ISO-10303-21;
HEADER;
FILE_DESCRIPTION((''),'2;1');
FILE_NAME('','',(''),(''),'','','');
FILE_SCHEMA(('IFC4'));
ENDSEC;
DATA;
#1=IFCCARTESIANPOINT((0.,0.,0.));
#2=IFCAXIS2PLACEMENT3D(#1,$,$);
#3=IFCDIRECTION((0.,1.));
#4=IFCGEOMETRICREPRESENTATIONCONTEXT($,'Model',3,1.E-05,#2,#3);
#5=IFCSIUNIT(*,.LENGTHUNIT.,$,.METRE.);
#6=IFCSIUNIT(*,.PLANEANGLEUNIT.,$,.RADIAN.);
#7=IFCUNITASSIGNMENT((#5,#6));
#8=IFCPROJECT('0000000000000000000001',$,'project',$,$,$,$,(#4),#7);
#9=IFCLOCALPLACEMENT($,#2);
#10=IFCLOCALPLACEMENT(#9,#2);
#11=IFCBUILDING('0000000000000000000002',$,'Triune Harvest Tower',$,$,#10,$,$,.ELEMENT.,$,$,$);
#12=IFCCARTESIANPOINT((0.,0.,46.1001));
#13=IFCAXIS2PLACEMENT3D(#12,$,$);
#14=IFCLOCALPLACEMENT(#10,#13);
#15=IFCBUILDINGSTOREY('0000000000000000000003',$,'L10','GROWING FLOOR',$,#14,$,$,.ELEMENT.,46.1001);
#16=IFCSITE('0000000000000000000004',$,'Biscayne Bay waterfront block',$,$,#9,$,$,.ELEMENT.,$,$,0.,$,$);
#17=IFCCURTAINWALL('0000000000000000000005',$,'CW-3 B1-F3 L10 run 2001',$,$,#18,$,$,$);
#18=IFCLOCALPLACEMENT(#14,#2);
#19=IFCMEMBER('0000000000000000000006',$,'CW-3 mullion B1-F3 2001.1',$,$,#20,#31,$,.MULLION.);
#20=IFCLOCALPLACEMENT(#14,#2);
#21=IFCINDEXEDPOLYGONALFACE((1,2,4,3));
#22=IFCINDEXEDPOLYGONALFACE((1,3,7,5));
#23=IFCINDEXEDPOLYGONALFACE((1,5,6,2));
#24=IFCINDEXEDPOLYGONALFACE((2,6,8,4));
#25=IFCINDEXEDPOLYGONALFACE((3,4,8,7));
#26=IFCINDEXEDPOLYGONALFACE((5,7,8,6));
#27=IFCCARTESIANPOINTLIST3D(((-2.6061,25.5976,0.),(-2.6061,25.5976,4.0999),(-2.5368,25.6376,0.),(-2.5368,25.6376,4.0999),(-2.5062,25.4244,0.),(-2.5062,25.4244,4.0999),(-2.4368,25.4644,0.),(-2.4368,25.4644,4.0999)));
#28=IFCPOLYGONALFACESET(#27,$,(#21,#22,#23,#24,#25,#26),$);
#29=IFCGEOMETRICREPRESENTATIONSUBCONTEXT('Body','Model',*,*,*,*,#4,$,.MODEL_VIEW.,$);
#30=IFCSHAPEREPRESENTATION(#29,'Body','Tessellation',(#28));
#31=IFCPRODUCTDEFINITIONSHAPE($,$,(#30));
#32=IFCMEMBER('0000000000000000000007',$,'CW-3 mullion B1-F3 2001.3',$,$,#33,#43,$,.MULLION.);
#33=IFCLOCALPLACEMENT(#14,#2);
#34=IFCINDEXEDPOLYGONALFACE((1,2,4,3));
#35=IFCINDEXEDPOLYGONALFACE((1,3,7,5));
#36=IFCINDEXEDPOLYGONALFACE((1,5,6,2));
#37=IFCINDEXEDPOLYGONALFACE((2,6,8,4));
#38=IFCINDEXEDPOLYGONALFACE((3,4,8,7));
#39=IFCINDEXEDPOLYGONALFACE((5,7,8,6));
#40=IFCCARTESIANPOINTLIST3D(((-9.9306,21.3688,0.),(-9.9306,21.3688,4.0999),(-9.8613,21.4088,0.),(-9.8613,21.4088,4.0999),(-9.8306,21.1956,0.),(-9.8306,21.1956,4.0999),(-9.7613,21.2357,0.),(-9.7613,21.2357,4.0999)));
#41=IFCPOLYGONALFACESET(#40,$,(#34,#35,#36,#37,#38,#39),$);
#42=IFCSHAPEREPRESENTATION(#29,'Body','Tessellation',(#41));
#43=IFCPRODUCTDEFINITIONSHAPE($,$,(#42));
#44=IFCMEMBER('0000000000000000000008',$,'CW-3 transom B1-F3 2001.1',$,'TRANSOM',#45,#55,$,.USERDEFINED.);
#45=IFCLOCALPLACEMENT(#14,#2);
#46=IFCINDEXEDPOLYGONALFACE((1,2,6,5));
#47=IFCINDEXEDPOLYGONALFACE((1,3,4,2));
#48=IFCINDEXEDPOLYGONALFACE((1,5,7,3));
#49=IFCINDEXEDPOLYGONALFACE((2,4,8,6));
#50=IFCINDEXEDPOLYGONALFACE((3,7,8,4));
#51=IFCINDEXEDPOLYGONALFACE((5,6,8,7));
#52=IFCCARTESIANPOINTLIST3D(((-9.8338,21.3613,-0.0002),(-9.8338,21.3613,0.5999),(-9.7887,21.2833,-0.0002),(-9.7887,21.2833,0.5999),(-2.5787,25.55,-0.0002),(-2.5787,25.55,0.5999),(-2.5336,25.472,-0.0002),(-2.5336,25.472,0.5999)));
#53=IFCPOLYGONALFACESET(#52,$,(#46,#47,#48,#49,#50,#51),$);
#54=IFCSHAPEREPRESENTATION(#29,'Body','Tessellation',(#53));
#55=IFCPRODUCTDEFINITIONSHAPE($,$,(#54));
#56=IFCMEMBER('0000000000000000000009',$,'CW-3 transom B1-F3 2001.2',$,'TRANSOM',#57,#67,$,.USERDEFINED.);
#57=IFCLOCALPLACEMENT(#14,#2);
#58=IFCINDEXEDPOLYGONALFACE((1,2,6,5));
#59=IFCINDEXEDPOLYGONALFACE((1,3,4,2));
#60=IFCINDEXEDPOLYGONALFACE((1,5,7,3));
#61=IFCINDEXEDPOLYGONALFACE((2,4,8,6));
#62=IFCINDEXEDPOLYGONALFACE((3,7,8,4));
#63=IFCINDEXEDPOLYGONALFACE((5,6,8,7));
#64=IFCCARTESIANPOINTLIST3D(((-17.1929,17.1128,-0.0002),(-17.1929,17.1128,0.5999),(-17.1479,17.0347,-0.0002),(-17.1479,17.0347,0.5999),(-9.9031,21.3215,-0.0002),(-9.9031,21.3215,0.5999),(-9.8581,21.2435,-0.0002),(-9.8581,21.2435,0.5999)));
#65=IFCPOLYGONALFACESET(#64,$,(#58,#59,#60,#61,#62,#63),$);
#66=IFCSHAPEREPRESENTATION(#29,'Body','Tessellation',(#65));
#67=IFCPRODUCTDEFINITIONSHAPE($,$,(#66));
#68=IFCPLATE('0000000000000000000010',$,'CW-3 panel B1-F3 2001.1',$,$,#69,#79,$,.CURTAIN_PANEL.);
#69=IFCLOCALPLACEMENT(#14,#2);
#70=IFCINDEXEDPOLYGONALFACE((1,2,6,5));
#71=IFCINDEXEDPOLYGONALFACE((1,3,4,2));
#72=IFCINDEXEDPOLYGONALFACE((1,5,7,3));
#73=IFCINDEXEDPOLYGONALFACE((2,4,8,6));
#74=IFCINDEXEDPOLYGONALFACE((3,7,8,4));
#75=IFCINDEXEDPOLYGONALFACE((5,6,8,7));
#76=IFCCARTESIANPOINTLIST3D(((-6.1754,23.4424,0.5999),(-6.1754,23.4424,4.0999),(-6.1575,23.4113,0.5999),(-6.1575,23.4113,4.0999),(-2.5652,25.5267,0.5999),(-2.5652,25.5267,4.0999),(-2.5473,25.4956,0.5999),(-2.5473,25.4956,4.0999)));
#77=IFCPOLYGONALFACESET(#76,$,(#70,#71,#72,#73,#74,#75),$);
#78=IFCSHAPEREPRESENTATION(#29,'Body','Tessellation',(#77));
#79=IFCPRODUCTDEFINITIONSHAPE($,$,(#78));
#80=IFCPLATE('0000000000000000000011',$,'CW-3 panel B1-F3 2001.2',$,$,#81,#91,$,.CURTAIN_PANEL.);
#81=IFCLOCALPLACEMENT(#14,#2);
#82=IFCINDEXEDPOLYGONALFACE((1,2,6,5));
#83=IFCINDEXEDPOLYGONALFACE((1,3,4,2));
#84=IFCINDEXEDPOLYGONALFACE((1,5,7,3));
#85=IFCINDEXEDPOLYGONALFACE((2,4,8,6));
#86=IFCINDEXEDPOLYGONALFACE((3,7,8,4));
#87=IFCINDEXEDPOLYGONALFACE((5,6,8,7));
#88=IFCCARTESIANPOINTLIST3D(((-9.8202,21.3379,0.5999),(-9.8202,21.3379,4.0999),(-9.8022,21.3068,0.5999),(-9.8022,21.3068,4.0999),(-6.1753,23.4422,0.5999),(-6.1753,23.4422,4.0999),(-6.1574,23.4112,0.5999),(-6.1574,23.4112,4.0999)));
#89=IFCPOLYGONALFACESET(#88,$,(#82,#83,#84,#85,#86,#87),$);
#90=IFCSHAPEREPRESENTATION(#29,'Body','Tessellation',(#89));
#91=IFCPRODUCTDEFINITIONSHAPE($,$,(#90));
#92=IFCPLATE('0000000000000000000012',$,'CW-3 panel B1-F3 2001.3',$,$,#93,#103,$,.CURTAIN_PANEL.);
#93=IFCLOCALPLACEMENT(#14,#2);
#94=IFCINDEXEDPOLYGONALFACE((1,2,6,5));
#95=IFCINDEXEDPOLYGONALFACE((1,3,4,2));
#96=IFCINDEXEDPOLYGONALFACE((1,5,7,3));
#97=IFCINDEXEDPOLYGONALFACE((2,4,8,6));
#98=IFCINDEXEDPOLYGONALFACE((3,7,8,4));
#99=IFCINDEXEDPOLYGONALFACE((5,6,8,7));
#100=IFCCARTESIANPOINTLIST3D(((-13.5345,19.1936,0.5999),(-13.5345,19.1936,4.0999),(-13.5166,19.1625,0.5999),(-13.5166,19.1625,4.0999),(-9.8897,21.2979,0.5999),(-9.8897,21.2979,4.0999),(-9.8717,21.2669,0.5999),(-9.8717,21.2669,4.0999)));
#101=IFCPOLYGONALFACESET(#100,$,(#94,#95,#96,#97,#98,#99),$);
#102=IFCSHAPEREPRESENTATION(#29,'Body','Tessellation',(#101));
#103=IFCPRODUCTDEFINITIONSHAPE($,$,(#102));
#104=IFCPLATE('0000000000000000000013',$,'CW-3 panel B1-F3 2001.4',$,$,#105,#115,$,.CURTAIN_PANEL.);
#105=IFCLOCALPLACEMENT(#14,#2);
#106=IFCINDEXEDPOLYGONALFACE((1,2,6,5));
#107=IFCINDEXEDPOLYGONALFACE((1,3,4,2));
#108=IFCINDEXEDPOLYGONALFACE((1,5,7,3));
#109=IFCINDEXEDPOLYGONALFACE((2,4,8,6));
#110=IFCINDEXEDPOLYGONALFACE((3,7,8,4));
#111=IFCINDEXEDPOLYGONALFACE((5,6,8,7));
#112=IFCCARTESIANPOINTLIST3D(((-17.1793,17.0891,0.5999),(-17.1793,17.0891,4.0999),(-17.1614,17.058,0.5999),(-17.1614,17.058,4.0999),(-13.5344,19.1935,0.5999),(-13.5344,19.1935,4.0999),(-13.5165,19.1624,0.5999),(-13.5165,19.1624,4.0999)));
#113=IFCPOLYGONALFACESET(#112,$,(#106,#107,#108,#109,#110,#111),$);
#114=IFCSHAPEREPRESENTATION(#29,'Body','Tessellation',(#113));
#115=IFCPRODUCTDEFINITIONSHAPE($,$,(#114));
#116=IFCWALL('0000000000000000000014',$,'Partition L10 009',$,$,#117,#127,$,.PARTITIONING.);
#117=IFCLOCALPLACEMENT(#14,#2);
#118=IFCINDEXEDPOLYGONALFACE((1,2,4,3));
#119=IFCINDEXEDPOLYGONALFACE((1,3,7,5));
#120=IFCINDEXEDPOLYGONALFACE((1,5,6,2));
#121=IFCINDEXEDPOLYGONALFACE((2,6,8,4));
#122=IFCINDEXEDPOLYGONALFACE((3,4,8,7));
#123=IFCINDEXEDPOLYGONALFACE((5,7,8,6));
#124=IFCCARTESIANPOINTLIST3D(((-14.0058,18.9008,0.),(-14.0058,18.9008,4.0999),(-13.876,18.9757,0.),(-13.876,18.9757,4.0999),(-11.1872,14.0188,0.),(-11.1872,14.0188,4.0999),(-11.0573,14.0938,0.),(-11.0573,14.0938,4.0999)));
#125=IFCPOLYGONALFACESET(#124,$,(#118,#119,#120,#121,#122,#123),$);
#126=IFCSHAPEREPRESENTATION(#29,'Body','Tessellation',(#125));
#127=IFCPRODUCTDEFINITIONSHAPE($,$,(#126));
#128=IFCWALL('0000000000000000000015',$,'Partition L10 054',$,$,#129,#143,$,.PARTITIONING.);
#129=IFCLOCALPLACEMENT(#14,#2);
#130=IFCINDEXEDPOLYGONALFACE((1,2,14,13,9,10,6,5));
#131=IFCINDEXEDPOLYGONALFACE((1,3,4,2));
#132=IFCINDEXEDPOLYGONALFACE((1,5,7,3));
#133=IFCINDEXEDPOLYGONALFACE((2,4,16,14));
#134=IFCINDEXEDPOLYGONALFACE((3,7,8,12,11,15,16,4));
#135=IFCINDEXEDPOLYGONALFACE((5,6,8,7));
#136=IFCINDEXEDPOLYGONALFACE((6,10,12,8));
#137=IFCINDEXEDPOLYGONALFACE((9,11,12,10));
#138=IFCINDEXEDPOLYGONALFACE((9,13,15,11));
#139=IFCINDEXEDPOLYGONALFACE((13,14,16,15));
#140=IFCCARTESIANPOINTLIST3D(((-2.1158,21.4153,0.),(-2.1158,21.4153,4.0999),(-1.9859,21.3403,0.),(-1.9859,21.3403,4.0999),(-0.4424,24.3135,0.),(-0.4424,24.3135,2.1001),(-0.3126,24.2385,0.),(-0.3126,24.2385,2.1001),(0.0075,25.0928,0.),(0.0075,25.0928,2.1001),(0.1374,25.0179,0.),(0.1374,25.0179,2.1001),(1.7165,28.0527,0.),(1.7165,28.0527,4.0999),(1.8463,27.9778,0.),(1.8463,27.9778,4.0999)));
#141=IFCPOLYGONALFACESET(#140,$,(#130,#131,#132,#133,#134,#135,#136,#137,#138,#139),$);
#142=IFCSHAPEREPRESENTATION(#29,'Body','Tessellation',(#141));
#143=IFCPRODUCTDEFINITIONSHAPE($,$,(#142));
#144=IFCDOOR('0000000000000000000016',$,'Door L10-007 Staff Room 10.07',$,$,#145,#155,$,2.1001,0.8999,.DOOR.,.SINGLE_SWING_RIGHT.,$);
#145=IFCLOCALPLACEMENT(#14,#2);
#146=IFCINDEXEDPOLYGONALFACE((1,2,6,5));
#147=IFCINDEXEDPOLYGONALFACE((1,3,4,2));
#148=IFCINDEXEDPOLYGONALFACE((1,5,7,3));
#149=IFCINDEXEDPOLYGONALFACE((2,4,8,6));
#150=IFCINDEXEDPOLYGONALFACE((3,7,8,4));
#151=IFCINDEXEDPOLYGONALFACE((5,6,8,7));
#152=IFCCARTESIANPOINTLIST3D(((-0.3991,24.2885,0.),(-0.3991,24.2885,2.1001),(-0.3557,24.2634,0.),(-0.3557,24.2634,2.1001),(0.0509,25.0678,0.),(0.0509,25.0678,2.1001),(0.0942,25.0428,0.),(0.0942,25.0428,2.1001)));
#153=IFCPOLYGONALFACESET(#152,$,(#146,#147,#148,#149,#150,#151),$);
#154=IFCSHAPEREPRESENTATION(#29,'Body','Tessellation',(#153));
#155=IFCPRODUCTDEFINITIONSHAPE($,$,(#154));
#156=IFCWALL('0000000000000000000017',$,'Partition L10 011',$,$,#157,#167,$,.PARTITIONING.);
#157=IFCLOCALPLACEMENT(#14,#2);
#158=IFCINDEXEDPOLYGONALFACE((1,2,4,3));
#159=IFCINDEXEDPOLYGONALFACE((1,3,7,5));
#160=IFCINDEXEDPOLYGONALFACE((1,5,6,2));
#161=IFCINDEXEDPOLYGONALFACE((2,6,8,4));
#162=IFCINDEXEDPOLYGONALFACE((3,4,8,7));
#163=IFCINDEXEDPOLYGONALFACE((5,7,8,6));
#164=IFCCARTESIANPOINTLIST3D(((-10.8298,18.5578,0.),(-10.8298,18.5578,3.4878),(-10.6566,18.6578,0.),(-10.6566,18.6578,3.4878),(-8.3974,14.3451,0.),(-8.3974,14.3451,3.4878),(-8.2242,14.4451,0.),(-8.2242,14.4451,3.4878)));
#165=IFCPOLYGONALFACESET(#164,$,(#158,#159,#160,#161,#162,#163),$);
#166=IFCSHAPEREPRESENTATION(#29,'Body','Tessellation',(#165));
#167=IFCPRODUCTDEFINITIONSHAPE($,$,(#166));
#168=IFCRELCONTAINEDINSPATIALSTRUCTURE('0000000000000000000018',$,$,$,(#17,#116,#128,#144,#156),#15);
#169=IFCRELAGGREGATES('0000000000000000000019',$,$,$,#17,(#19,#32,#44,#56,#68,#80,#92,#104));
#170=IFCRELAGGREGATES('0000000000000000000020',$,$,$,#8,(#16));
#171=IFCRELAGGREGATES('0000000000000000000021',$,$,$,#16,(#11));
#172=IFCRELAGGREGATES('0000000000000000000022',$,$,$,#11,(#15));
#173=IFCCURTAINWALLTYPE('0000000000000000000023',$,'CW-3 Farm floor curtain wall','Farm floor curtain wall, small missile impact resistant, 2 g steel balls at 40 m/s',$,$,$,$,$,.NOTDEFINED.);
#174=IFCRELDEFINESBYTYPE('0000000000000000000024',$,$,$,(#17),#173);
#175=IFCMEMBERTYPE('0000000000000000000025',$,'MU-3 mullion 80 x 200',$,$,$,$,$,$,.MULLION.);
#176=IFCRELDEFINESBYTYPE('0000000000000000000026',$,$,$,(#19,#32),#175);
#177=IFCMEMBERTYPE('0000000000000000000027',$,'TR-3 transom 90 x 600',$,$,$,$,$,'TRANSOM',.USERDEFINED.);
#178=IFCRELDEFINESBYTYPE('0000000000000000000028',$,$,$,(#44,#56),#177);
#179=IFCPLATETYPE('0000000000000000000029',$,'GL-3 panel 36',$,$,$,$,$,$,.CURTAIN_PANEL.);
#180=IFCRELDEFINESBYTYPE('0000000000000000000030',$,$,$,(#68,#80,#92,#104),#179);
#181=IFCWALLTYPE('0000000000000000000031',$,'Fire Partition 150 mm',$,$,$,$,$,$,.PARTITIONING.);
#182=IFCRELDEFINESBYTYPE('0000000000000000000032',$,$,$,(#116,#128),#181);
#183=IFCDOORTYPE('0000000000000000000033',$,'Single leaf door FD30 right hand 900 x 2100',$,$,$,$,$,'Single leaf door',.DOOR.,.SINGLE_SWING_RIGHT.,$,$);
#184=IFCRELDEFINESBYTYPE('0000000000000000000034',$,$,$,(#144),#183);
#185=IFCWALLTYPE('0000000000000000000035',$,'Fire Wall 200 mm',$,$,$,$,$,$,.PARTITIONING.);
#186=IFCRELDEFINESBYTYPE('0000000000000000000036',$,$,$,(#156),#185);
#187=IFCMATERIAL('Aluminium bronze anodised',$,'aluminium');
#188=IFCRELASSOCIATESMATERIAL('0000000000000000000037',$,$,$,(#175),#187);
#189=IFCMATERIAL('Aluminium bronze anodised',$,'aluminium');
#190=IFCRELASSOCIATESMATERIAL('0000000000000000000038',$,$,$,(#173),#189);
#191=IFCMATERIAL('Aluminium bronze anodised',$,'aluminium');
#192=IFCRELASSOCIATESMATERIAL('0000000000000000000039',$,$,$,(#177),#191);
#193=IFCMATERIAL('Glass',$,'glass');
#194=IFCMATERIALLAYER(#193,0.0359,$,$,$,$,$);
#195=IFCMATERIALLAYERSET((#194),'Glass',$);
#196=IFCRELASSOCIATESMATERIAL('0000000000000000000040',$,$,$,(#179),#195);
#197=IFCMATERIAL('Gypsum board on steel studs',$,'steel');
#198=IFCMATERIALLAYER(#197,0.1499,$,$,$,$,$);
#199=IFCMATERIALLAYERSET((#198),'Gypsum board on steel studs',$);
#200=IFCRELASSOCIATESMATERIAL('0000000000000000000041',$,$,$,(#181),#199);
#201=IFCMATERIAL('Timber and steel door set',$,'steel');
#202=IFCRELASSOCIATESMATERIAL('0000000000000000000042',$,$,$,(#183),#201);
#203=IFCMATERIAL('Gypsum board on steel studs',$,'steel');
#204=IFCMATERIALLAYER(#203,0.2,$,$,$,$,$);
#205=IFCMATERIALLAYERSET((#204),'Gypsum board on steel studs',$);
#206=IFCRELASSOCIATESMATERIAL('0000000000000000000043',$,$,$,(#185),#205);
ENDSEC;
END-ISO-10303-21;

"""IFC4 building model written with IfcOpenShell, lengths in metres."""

from ifc_helpers import new_model, si_unit, direction, frame, frame_2d, origin, origin_2d, place, context, subcontext, project, spatial, rectangle, extrude, source, transform, mapped, material, layer, layer_set, material_profile, profile_set, type_object, element, fill, aggregate, save


model = new_model("IFC4")

# Units and contexts
model_context = context("Model", 3, precision=1e-05, world=origin(), true_north=direction((0.0, 1.0)))
body_context = subcontext(model_context, "Body", "Model", "MODEL_VIEW")
ifc_project = project(units=[si_unit("LENGTHUNIT", "METRE"), si_unit("PLANEANGLEUNIT", "RADIAN")], contexts=[model_context])

# Site, building, storey
site_placement = place(None, origin())
site = spatial("IfcSite", under=ifc_project, at=site_placement, Name="Biscayne Bay waterfront block", CompositionType="ELEMENT", RefElevation=0.0)
building_placement = place(site_placement, origin())
building = spatial("IfcBuilding", under=site, at=building_placement, Name="Triune Harvest Tower", CompositionType="ELEMENT")
storey_placement = place(building_placement, frame((0.0, 0.0, 46.1001)))
storey = spatial("IfcBuildingStorey", under=building, at=storey_placement, Name="L10", Description="GROWING FLOOR", CompositionType="ELEMENT", Elevation=46.1001)

# Shared definitions
ifc_material_1 = material(Name="Aluminium bronze anodised", Category="aluminium")
ifc_material_profile_1 = material_profile(ifc_material_1, rectangle(XDim=0.2, YDim=0.0801, at=origin_2d()), Name="MU-3 mullion 80 x 200")
ifc_profile_set_1 = profile_set([ifc_material_profile_1], Name="Aluminium bronze anodised")
member_type_1 = type_object("IfcMemberType", Name="MU-3 mullion 80 x 200", PredefinedType="MULLION", material=ifc_profile_set_1)
shared_shape_1 = source(origin(), body_context, "Body", "SweptSolid", [
    extrude(rectangle(XDim=0.2, YDim=0.0801, at=origin_2d()), origin(), (0.0, 0.0, 1.0), 4.0999),
])

# Curtain wall, members, plates
ifc_material_2 = material(Name="Aluminium bronze anodised", Category="aluminium")
curtain_wall_type_1 = type_object("IfcCurtainWallType", Name="CW-3 Farm floor curtain wall", Description="Farm floor curtain wall, small missile impact resistant, 2 g steel balls at 40 m/s", PredefinedType="NOTDEFINED", material=ifc_material_2)
curtain_wall_1_placement = place(storey_placement, origin())
curtain_wall_1 = element("IfcCurtainWall", 1, at=curtain_wall_1_placement, inside=storey, type_object=curtain_wall_type_1, Name="CW-3 B1-F3 L10 run 2001")
member_1_placement = place(storey_placement, frame((-2.5215, 25.531, 0.0), z_axis=(0.0, 0.0, 1.0), x_axis=(0.499999, -0.866026, 0.0)))
member_1 = element("IfcMember", 2, at=member_1_placement, type_object=member_type_1, Name="CW-3 mullion B1-F3 2001.1", PredefinedType="MULLION", context=body_context, shape_type="MappedRepresentation", body=[
    mapped(shared_shape_1, transform((0.0, 0.0, 0.0), scale=1.0)),
])
member_2_placement = place(storey_placement, frame((-9.8459, 21.3022, 0.0), z_axis=(0.0, 0.0, 1.0), x_axis=(0.499999, -0.866026, 0.0)))
member_2 = element("IfcMember", 3, at=member_2_placement, type_object=member_type_1, Name="CW-3 mullion B1-F3 2001.3", PredefinedType="MULLION", context=body_context, shape_type="MappedRepresentation", body=[
    mapped(shared_shape_1, transform((0.0, 0.0, 0.0), scale=1.0)),
])
ifc_material_3 = material(Name="Aluminium bronze anodised", Category="aluminium")
ifc_material_profile_2 = material_profile(ifc_material_3, rectangle(XDim=0.0901, YDim=0.6001, at=origin_2d()), Name="TR-3 transom 90 x 600")
ifc_profile_set_2 = profile_set([ifc_material_profile_2], Name="Aluminium bronze anodised")
member_type_2 = type_object("IfcMemberType", Name="TR-3 transom 90 x 600", ElementType="TRANSOM", PredefinedType="USERDEFINED", material=ifc_profile_set_2)
shared_shape_2 = source(origin(), body_context, "Body", "SweptSolid", [
    extrude(rectangle(XDim=0.0901, YDim=0.6001, at=origin_2d()), origin(), (0.0, 0.0, 1.0), 8.3774),
])
member_3_placement = place(storey_placement, frame((-2.5562, 25.511, 0.2998), z_axis=(-0.866027, -0.499997, 0.0), x_axis=(0.499997, -0.866027, 0.0)))
member_3 = element("IfcMember", 4, at=member_3_placement, type_object=member_type_2, Name="CW-3 transom B1-F3 2001.1", ObjectType="TRANSOM", PredefinedType="USERDEFINED", context=body_context, shape_type="MappedRepresentation", body=[
    mapped(shared_shape_2, transform((0.0, 0.0, 0.0), scale=1.0)),
])
shared_shape_3 = source(origin(), body_context, "Body", "SweptSolid", [
    extrude(rectangle(XDim=0.0901, YDim=0.6001, at=origin_2d()), origin(), (0.0, 0.0, 1.0), 8.4175),
])
member_4_placement = place(storey_placement, frame((-9.8806, 21.2825, 0.2998), z_axis=(-0.866027, -0.499998, 0.0), x_axis=(0.499998, -0.866027, 0.0)))
member_4 = element("IfcMember", 5, at=member_4_placement, type_object=member_type_2, Name="CW-3 transom B1-F3 2001.2", ObjectType="TRANSOM", PredefinedType="USERDEFINED", context=body_context, shape_type="MappedRepresentation", body=[
    mapped(shared_shape_3, transform((0.0, 0.0, 0.0), scale=1.0)),
])
ifc_material_4 = material(Name="Glass", Category="glass")
ifc_layer_1 = layer(ifc_material_4, 0.0359)
ifc_layer_set_1 = layer_set([ifc_layer_1], Name="Glass")
plate_type = type_object("IfcPlateType", Name="GL-3 panel 36", PredefinedType="CURTAIN_PANEL", material=ifc_layer_set_1)
shared_shape_4 = source(origin(), body_context, "Body", "SweptSolid", [
    extrude(rectangle(XDim=4.1687, YDim=0.0359, at=origin_2d()), origin(), (0.0, 0.0, 1.0), 3.5),
])
plate_1_placement = place(storey_placement, frame((-4.3613, 24.469, 0.5999), z_axis=(0.0, 0.0, 1.0), x_axis=(-0.866026, -0.499999, 0.0)))
plate_1 = element("IfcPlate", 6, at=plate_1_placement, type_object=plate_type, Name="CW-3 panel B1-F3 2001.1", PredefinedType="CURTAIN_PANEL", context=body_context, shape_type="MappedRepresentation", body=[
    mapped(shared_shape_4, transform((0.0, 0.0, 0.0), scale=1.0)),
])
shared_shape_5 = source(origin(), body_context, "Body", "SweptSolid", [
    extrude(rectangle(XDim=4.2087, YDim=0.0359, at=origin_2d()), origin(), (0.0, 0.0, 1.0), 3.5),
])
plate_2_placement = place(storey_placement, frame((-7.9888, 22.3745, 0.5999), z_axis=(0.0, 0.0, 1.0), x_axis=(-0.866026, -0.499999, 0.0)))
plate_2 = element("IfcPlate", 7, at=plate_2_placement, type_object=plate_type, Name="CW-3 panel B1-F3 2001.2", PredefinedType="CURTAIN_PANEL", context=body_context, shape_type="MappedRepresentation", body=[
    mapped(shared_shape_5, transform((0.0, 0.0, 0.0), scale=1.0)),
])
plate_3_placement = place(storey_placement, frame((-11.7031, 20.2302, 0.5999), z_axis=(0.0, 0.0, 1.0), x_axis=(-0.866026, -0.499999, 0.0)))
plate_3 = element("IfcPlate", 8, at=plate_3_placement, type_object=plate_type, Name="CW-3 panel B1-F3 2001.3", PredefinedType="CURTAIN_PANEL", context=body_context, shape_type="MappedRepresentation", body=[
    mapped(shared_shape_5, transform((0.0, 0.0, 0.0), scale=1.0)),
])
plate_4_placement = place(storey_placement, frame((-15.3479, 18.1257, 0.5999), z_axis=(0.0, 0.0, 1.0), x_axis=(-0.866026, -0.499999, 0.0)))
plate_4 = element("IfcPlate", 9, at=plate_4_placement, type_object=plate_type, Name="CW-3 panel B1-F3 2001.4", PredefinedType="CURTAIN_PANEL", context=body_context, shape_type="MappedRepresentation", body=[
    mapped(shared_shape_5, transform((0.0, 0.0, 0.0), scale=1.0)),
])
aggregate(curtain_wall_1, [member_1, member_2, member_3, member_4, plate_1, plate_2, plate_3, plate_4])

# Wall
ifc_material_5 = material(Name="Gypsum board on steel studs", Category="steel")
ifc_layer_2 = layer(ifc_material_5, 0.1499)
ifc_layer_set_2 = layer_set([ifc_layer_2], Name="Gypsum board on steel studs")
wall_type_1 = type_object("IfcWallType", Name="Fire Partition 150 mm", PredefinedType="PARTITIONING", material=ifc_layer_set_2)
wall_1_placement = place(storey_placement, frame((-13.9409, 18.9382, 0.0), z_axis=(0.0, 0.0, 1.0), x_axis=(0.50001, -0.86602, 0.0)))
element("IfcWall", 10, at=wall_1_placement, inside=storey, type_object=wall_type_1, Name="Partition L10 009", PredefinedType="PARTITIONING", context=body_context, shape_type="SweptSolid", body=[
    extrude(rectangle(XDim=5.6372, YDim=0.1499, at=frame_2d((2.8186, 0.0))), origin(), (0.0, 0.0, 1.0), 4.0999),
])

# Wall, opening, door
wall_2_placement = place(storey_placement, frame((-2.0508, 21.3779, 0.0), z_axis=(0.0, 0.0, 1.0), x_axis=(0.500014, 0.866017, 0.0)))
wall_2 = element("IfcWall", 11, at=wall_2_placement, inside=storey, type_object=wall_type_1, Name="Partition L10 054", PredefinedType="PARTITIONING", context=body_context, shape_type="SweptSolid", body=[
    extrude(rectangle(XDim=7.6643, YDim=0.1499, at=frame_2d((3.832, 0.0))), origin(), (0.0, 0.0, 1.0), 4.0999),
])
opening_placement = place(wall_2_placement, frame((3.3464, 0.0, 0.0)))
opening = element("IfcOpeningElement", 12, at=opening_placement, cuts=wall_2, PredefinedType="OPENING", context=body_context, shape_type="SweptSolid", body=[
    extrude(rectangle(XDim=0.8999, YDim=2.1001, at=frame_2d((0.45, 1.05))), frame((0.0, 0.085, 0.0), z_axis=(0.0, -1.0, 0.0), x_axis=(1.0, 0.0, 0.0)), (0.0, 0.0, 1.0), 0.1699),
])
ifc_material_6 = material(Name="Timber and steel door set", Category="steel")
door_type = type_object("IfcDoorType", Name="Single leaf door FD30 right hand 900 x 2100", ElementType="Single leaf door", OperationType="SINGLE_SWING_RIGHT", PredefinedType="DOOR", material=ifc_material_6)
door_placement = place(opening_placement, origin())
door = element("IfcDoor", 13, at=door_placement, inside=storey, type_object=door_type, Name="Door L10-007 Staff Room 10.07", OperationType="SINGLE_SWING_RIGHT", OverallHeight=2.1001, OverallWidth=0.8999, PredefinedType="DOOR", context=body_context, shape_type="SweptSolid", body=[
    extrude(rectangle(XDim=0.8999, YDim=2.1001, at=frame_2d((0.45, 1.05))), frame((0.0, 0.0249, 0.0), z_axis=(0.0, -1.0, 0.0), x_axis=(1.0, 0.0, 0.0)), (0.0, 0.0, 1.0), 0.05),
])
fill(opening, door)

# Wall
ifc_material_7 = material(Name="Gypsum board on steel studs", Category="steel")
ifc_layer_3 = layer(ifc_material_7, 0.2)
ifc_layer_set_3 = layer_set([ifc_layer_3], Name="Gypsum board on steel studs")
wall_type_2 = type_object("IfcWallType", Name="Fire Wall 200 mm", PredefinedType="PARTITIONING", material=ifc_layer_set_3)
wall_3_placement = place(storey_placement, frame((-10.7432, 18.6077, 0.0), z_axis=(0.0, 0.0, 1.0), x_axis=(0.500031, -0.866008, 0.0)))
element("IfcWall", 14, at=wall_3_placement, inside=storey, type_object=wall_type_2, Name="Partition L10 011", PredefinedType="PARTITIONING", context=body_context, shape_type="SweptSolid", body=[
    extrude(rectangle(XDim=4.8645, YDim=0.2, at=frame_2d((2.4321, 0.0))), origin(), (0.0, 0.0, 1.0), 3.4878),
])

save(model, "model.ifc")
